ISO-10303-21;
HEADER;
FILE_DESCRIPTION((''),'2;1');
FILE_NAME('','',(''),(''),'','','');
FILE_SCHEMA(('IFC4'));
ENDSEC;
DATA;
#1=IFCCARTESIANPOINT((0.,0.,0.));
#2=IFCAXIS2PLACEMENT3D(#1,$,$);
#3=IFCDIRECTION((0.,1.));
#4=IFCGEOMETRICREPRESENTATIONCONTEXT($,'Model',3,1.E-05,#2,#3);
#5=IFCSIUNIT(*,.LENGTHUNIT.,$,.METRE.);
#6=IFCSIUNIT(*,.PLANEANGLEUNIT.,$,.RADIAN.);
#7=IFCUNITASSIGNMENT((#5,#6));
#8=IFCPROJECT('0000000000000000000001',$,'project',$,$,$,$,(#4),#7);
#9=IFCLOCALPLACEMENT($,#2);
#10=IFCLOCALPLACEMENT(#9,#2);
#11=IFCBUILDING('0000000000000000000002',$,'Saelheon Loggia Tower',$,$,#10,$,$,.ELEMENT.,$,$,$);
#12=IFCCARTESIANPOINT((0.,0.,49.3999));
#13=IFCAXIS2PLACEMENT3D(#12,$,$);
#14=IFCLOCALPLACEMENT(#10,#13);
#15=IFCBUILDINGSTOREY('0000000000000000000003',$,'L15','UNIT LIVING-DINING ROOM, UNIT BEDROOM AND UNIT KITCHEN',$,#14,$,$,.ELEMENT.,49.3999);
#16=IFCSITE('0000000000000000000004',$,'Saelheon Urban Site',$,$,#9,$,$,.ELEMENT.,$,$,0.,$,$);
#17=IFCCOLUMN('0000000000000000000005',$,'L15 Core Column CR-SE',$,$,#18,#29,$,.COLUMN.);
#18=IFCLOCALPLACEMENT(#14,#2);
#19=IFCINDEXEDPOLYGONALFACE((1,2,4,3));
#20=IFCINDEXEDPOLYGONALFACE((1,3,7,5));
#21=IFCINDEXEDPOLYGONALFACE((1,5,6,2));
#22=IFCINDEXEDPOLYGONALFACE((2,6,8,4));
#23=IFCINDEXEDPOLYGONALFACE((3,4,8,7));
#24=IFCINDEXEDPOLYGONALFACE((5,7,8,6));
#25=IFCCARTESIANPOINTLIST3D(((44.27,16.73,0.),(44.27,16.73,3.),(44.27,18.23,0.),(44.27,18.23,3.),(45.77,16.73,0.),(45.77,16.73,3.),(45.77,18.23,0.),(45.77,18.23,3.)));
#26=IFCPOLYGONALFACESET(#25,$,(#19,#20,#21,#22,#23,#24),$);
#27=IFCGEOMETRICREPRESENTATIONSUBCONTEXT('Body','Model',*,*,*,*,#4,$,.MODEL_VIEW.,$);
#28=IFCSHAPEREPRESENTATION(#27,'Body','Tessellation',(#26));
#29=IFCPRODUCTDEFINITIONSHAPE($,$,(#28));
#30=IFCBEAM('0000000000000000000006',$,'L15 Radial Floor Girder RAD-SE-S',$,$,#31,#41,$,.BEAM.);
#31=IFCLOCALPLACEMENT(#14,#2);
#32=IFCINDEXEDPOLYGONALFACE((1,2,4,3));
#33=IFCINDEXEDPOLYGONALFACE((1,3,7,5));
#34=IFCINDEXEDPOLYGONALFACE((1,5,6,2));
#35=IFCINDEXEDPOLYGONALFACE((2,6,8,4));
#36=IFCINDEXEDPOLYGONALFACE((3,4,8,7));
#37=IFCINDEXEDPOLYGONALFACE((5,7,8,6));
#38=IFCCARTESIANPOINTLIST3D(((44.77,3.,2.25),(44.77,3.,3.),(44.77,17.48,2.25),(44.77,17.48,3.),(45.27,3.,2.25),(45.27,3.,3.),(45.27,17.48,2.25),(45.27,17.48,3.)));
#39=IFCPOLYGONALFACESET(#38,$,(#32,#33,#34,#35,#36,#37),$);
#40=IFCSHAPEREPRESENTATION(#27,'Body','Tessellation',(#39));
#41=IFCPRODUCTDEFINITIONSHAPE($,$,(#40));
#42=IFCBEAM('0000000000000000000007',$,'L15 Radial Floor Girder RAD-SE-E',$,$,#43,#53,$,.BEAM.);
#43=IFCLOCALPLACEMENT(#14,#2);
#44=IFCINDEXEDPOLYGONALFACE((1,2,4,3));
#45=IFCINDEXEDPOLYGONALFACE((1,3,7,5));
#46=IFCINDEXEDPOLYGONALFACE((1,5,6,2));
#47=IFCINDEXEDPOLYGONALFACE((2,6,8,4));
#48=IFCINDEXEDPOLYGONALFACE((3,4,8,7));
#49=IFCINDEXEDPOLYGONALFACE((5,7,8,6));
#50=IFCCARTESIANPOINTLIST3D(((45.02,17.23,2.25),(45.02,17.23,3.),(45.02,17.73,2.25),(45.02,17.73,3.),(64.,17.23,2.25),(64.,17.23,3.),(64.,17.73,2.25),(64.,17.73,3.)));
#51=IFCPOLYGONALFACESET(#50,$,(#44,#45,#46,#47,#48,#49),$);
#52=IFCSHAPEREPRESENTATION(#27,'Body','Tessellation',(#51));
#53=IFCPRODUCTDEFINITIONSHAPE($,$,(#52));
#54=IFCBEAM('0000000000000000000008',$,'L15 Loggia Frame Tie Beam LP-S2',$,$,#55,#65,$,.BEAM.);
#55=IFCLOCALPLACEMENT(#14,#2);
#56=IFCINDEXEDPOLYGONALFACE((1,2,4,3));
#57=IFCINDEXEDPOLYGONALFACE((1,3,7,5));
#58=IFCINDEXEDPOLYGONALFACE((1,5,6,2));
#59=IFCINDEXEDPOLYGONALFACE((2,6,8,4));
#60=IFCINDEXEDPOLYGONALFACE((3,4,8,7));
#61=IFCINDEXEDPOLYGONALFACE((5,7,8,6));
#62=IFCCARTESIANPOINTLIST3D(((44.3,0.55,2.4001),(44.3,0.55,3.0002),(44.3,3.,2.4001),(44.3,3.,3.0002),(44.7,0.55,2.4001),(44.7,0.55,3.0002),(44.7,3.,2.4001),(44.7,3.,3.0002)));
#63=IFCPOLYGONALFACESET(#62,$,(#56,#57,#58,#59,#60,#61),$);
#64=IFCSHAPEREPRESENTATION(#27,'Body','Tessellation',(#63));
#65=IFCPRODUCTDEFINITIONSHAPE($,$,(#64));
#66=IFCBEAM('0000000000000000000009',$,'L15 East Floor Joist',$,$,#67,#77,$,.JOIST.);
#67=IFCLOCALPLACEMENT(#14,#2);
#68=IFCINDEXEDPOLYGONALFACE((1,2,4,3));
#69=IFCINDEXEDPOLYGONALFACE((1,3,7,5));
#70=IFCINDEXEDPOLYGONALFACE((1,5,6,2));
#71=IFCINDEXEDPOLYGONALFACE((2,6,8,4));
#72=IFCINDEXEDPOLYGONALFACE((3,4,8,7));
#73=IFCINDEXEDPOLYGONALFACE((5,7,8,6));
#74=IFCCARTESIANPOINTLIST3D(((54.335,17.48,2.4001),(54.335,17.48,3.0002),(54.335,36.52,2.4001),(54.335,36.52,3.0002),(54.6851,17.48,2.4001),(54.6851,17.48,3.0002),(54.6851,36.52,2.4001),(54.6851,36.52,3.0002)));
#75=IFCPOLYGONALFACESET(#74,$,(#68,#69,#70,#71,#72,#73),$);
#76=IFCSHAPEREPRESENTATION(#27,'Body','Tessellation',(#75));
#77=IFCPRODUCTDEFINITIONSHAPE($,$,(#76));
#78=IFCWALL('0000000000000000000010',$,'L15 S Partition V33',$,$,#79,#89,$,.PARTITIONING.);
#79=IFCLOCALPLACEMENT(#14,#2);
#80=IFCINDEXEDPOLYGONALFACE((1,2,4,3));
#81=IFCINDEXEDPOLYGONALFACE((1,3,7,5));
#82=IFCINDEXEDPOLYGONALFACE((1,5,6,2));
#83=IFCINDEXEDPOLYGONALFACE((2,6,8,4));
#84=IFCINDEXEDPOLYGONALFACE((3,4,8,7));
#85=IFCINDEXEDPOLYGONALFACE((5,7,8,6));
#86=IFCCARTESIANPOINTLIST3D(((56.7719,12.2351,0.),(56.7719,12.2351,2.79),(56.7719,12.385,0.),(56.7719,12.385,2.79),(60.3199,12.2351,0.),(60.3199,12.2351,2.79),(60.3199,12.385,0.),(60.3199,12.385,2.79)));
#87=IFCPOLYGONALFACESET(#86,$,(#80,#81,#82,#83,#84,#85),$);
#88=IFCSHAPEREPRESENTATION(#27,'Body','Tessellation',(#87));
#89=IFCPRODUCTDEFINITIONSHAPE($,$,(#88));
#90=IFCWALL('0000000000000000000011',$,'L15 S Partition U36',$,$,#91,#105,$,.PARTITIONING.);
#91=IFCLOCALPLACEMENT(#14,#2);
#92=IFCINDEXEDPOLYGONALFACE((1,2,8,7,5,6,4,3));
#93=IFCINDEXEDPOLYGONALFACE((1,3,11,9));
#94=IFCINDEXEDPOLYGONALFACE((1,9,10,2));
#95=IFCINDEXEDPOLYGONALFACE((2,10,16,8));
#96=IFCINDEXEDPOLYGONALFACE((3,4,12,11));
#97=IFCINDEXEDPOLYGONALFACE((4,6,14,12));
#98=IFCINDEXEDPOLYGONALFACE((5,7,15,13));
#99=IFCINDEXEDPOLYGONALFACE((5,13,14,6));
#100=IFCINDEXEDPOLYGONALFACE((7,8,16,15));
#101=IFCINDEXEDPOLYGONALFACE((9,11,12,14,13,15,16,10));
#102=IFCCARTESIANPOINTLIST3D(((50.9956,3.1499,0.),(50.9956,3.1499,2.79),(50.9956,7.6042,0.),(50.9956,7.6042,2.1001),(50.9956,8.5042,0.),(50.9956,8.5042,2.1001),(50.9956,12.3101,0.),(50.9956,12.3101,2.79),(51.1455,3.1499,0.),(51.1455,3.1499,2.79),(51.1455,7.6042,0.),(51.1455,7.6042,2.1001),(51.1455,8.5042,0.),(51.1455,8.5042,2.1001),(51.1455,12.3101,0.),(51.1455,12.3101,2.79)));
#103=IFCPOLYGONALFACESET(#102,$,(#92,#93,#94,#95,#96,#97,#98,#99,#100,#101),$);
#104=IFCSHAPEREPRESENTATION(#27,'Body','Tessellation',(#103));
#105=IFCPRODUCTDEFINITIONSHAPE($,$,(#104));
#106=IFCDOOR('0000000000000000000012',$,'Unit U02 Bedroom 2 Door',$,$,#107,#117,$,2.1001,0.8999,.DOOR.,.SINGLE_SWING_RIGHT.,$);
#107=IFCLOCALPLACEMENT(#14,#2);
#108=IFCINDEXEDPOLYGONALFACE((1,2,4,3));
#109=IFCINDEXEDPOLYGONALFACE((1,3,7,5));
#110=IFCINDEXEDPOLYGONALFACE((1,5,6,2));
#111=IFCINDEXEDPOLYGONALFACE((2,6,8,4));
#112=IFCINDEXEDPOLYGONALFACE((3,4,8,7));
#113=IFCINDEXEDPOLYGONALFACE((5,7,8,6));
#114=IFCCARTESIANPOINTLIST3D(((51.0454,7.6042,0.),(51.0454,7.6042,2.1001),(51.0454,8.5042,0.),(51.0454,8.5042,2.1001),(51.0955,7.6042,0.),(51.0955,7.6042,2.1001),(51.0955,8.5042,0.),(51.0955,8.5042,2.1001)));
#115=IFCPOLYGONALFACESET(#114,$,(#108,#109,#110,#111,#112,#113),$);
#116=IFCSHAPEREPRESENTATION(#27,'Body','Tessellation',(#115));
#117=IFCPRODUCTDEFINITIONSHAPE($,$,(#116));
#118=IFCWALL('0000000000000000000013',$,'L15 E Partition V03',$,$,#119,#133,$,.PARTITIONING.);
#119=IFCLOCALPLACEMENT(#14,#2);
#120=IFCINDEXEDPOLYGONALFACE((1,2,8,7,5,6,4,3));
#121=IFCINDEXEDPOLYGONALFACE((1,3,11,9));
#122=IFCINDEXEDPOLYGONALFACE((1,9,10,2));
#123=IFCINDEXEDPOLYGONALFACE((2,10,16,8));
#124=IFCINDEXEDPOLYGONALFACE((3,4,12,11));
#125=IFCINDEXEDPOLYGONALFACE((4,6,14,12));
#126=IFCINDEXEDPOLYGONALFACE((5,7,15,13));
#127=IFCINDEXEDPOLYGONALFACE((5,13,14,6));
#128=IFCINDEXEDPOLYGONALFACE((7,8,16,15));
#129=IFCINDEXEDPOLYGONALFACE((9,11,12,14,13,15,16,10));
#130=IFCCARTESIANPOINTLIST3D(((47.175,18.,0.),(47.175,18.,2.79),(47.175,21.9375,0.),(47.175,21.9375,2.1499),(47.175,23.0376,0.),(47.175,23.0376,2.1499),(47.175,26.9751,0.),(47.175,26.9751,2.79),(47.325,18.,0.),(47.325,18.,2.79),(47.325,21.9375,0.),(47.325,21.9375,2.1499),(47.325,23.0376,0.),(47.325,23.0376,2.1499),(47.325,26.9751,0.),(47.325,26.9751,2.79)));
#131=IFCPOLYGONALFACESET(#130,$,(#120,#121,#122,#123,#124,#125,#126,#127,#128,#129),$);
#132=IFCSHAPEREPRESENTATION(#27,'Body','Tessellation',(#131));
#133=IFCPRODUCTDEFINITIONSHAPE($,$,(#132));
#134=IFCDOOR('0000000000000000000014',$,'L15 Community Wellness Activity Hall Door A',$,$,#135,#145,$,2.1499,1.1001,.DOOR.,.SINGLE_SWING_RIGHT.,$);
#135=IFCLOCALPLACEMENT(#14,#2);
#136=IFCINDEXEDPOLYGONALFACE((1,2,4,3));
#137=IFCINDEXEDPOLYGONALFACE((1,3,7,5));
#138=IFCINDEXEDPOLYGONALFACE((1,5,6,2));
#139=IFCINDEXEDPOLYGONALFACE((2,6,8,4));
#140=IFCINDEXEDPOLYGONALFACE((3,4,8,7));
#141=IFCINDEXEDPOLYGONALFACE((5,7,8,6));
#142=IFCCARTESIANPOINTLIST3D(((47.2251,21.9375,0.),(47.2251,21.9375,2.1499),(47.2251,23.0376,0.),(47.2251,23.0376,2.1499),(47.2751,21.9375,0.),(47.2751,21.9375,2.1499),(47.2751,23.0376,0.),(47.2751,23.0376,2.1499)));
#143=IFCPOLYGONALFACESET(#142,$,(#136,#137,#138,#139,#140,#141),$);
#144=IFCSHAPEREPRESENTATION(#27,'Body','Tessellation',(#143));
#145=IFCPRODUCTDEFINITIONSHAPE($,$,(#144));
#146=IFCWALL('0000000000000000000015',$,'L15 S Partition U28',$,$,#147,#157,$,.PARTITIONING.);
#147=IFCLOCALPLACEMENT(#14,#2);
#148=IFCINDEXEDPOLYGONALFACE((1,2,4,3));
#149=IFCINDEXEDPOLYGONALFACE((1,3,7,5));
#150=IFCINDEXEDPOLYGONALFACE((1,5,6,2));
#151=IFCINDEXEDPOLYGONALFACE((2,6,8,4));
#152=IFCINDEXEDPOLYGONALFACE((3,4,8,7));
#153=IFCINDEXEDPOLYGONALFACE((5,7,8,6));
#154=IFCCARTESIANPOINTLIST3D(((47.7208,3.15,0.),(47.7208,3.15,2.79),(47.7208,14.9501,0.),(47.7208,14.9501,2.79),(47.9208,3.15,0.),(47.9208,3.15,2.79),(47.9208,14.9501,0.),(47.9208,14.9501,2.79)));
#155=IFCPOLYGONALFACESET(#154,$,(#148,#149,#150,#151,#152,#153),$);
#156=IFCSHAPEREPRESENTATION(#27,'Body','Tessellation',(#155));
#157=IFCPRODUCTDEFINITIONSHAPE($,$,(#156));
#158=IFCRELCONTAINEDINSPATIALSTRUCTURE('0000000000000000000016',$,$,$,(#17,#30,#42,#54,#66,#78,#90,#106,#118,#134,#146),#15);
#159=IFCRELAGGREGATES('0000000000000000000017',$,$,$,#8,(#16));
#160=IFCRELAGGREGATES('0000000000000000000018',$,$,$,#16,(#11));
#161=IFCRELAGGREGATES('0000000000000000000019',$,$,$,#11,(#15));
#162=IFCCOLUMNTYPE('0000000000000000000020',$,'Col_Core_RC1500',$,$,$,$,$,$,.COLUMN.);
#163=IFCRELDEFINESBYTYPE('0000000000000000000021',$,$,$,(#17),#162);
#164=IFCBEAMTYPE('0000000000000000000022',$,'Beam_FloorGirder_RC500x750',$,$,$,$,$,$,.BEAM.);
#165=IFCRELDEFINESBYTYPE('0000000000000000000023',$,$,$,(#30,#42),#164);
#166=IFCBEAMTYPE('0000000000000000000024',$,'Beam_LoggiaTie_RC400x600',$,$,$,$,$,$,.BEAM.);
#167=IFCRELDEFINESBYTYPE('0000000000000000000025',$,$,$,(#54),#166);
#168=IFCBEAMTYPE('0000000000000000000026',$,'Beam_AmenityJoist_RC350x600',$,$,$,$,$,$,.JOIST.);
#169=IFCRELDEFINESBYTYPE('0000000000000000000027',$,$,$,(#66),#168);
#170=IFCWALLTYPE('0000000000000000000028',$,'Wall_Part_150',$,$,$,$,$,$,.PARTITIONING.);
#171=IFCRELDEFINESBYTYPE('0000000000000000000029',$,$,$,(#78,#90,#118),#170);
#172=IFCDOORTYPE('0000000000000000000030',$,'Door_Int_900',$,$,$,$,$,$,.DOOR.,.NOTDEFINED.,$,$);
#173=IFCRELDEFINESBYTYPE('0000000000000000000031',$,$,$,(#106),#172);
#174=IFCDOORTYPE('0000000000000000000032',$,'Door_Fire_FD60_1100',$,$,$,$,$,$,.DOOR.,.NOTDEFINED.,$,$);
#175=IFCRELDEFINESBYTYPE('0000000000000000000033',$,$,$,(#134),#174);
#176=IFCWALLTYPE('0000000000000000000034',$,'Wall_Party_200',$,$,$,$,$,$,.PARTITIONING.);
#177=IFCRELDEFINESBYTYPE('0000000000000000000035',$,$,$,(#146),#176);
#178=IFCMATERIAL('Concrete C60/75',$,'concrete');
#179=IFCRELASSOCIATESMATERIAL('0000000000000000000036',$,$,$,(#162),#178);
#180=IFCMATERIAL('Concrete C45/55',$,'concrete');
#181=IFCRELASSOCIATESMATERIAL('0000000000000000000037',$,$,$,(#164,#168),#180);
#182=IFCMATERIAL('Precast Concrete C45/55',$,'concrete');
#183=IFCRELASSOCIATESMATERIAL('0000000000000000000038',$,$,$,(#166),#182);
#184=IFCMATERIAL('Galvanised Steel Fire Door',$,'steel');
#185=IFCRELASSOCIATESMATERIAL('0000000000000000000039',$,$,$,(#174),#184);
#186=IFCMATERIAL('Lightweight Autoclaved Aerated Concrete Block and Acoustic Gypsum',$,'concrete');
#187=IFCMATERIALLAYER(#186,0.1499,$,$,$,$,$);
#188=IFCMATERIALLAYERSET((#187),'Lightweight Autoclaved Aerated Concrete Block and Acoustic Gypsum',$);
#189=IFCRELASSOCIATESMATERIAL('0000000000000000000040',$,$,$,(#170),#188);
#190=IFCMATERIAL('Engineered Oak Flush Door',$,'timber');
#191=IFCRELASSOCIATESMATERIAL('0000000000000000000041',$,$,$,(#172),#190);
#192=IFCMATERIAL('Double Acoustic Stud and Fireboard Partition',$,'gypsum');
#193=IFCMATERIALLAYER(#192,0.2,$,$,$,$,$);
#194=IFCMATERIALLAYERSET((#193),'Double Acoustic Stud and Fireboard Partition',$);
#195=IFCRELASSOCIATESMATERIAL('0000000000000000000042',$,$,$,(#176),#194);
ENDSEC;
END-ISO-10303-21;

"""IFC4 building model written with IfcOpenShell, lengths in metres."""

from ifc_helpers import new_model, si_unit, direction, frame, frame_2d, origin, origin_2d, place, context, subcontext, project, spatial, rectangle, extrude, source, transform, mapped, material, layer, layer_set, material_profile, profile_set, type_object, element, fill, save


model = new_model("IFC4")

# Units and contexts
model_context = context("Model", 3, precision=1e-05, world=origin(), true_north=direction((0.0, 1.0)))
body_context = subcontext(model_context, "Body", "Model", "MODEL_VIEW")
ifc_project = project(units=[si_unit("LENGTHUNIT", "METRE"), si_unit("PLANEANGLEUNIT", "RADIAN")], contexts=[model_context])

# Site, building, storey
site_placement = place(None, origin())
site = spatial("IfcSite", under=ifc_project, at=site_placement, Name="Saelheon Urban Site", CompositionType="ELEMENT", RefElevation=0.0)
building_placement = place(site_placement, origin())
building = spatial("IfcBuilding", under=site, at=building_placement, Name="Saelheon Loggia Tower", CompositionType="ELEMENT")
storey_placement = place(building_placement, frame((0.0, 0.0, 49.3999)))
storey = spatial("IfcBuildingStorey", under=building, at=storey_placement, Name="L15", Description="UNIT LIVING-DINING ROOM, UNIT BEDROOM AND UNIT KITCHEN", CompositionType="ELEMENT", Elevation=49.3999)

# Column
ifc_material_1 = material(Name="Concrete C60/75", Category="concrete")
ifc_material_profile_1 = material_profile(ifc_material_1, rectangle(XDim=1.5, YDim=1.5, at=origin_2d()), Name="RC-1500x1500")
ifc_profile_set_1 = profile_set([ifc_material_profile_1], Name="Concrete C60/75")
column_type = type_object("IfcColumnType", Name="Col_Core_RC1500", PredefinedType="COLUMN", material=ifc_profile_set_1)
shared_shape_1 = source(origin(), body_context, "Body", "SweptSolid", [
    extrude(rectangle(XDim=1.5, YDim=1.5, at=origin_2d()), origin(), (0.0, 0.0, 1.0), 3.0),
])
column_placement = place(storey_placement, frame((45.02, 17.48, 0.0), z_axis=(0.0, 0.0, 1.0), x_axis=(1.0, 0.0, 0.0)))
element("IfcColumn", 1, at=column_placement, inside=storey, type_object=column_type, Name="L15 Core Column CR-SE", PredefinedType="COLUMN", context=body_context, shape_type="MappedRepresentation", body=[
    mapped(shared_shape_1, transform((0.0, 0.0, 0.0), scale=1.0)),
])

# Beams
ifc_material_2 = material(Name="Concrete C45/55", Category="concrete")
ifc_material_profile_2 = material_profile(ifc_material_2, rectangle(XDim=0.5, YDim=0.75, at=origin_2d()), Name="RC-500x750")
ifc_profile_set_2 = profile_set([ifc_material_profile_2], Name="Concrete C45/55")
beam_type_1 = type_object("IfcBeamType", Name="Beam_FloorGirder_RC500x750", PredefinedType="BEAM", material=ifc_profile_set_2)
shared_shape_2 = source(origin(), body_context, "Body", "SweptSolid", [
    extrude(rectangle(XDim=0.5, YDim=0.75, at=origin_2d()), origin(), (0.0, 0.0, 1.0), 14.48),
])
beam_1_placement = place(storey_placement, frame((45.02, 17.48, 2.625), z_axis=(0.0, -1.0, 0.0), x_axis=(1.0, 0.0, 0.0)))
element("IfcBeam", 2, at=beam_1_placement, inside=storey, type_object=beam_type_1, Name="L15 Radial Floor Girder RAD-SE-S", PredefinedType="BEAM", context=body_context, shape_type="MappedRepresentation", body=[
    mapped(shared_shape_2, transform((0.0, 0.0, 0.0), scale=1.0)),
])
shared_shape_3 = source(origin(), body_context, "Body", "SweptSolid", [
    extrude(rectangle(XDim=0.5, YDim=0.75, at=origin_2d()), origin(), (0.0, 0.0, 1.0), 18.98),
])
beam_2_placement = place(storey_placement, frame((45.02, 17.48, 2.625), z_axis=(1.0, 0.0, 0.0), x_axis=(0.0, 1.0, 0.0)))
element("IfcBeam", 3, at=beam_2_placement, inside=storey, type_object=beam_type_1, Name="L15 Radial Floor Girder RAD-SE-E", PredefinedType="BEAM", context=body_context, shape_type="MappedRepresentation", body=[
    mapped(shared_shape_3, transform((0.0, 0.0, 0.0), scale=1.0)),
])
ifc_material_3 = material(Name="Precast Concrete C45/55", Category="concrete")
ifc_material_profile_3 = material_profile(ifc_material_3, rectangle(XDim=0.3999, YDim=0.6001, at=origin_2d()), Name="RC-400x600")
ifc_profile_set_3 = profile_set([ifc_material_profile_3], Name="Precast Concrete C45/55")
beam_type_2 = type_object("IfcBeamType", Name="Beam_LoggiaTie_RC400x600", PredefinedType="BEAM", material=ifc_profile_set_3)
shared_shape_4 = source(origin(), body_context, "Body", "SweptSolid", [
    extrude(rectangle(XDim=0.3999, YDim=0.6001, at=origin_2d()), origin(), (0.0, 0.0, 1.0), 2.45),
])
beam_3_placement = place(storey_placement, frame((44.5, 3.0, 2.7002), z_axis=(0.0, -1.0, 0.0), x_axis=(1.0, 0.0, 0.0)))
element("IfcBeam", 4, at=beam_3_placement, inside=storey, type_object=beam_type_2, Name="L15 Loggia Frame Tie Beam LP-S2", PredefinedType="BEAM", context=body_context, shape_type="MappedRepresentation", body=[
    mapped(shared_shape_4, transform((0.0, 0.0, 0.0), scale=1.0)),
])
ifc_material_profile_4 = material_profile(ifc_material_2, rectangle(XDim=0.3501, YDim=0.6001, at=origin_2d()), Name="RC-350x600")
ifc_profile_set_4 = profile_set([ifc_material_profile_4], Name="Concrete C45/55")
beam_type_3 = type_object("IfcBeamType", Name="Beam_AmenityJoist_RC350x600", PredefinedType="JOIST", material=ifc_profile_set_4)
shared_shape_5 = source(origin(), body_context, "Body", "SweptSolid", [
    extrude(rectangle(XDim=0.3501, YDim=0.6001, at=origin_2d()), origin(), (0.0, 0.0, 1.0), 19.04),
])
beam_4_placement = place(storey_placement, frame((54.51, 17.48, 2.7002), z_axis=(0.0, 1.0, 0.0), x_axis=(-1.0, 0.0, 0.0)))
element("IfcBeam", 5, at=beam_4_placement, inside=storey, type_object=beam_type_3, Name="L15 East Floor Joist", PredefinedType="JOIST", context=body_context, shape_type="MappedRepresentation", body=[
    mapped(shared_shape_5, transform((0.0, 0.0, 0.0), scale=1.0)),
])

# Shared definitions
ifc_material_4 = material(Name="Galvanised Steel Fire Door", Category="steel")
door_type_1 = type_object("IfcDoorType", Name="Door_Fire_FD60_1100", OperationType="NOTDEFINED", PredefinedType="DOOR", material=ifc_material_4)
shared_shape_6 = source(origin(), body_context, "Body", "SweptSolid", [
    extrude(rectangle(XDim=1.1001, YDim=2.1499, at=frame_2d((0.55, 1.075))), frame((0.0, 0.0249, 0.0), z_axis=(0.0, -1.0, 0.0), x_axis=(1.0, 0.0, 0.0)), (0.0, 0.0, 1.0), 0.05),
])

# Wall
ifc_material_5 = material(Name="Lightweight Autoclaved Aerated Concrete Block and Acoustic Gypsum", Category="concrete")
ifc_layer_1 = layer(ifc_material_5, 0.1499)
ifc_layer_set_1 = layer_set([ifc_layer_1], Name="Lightweight Autoclaved Aerated Concrete Block and Acoustic Gypsum")
wall_type_1 = type_object("IfcWallType", Name="Wall_Part_150", PredefinedType="PARTITIONING", material=ifc_layer_set_1)
wall_1_placement = place(storey_placement, frame((56.772, 12.3101, 0.0), z_axis=(0.0, 0.0, 1.0), x_axis=(1.0, 0.0, 0.0)))
element("IfcWall", 6, at=wall_1_placement, inside=storey, type_object=wall_type_1, Name="L15 S Partition V33", PredefinedType="PARTITIONING", context=body_context, shape_type="SweptSolid", body=[
    extrude(rectangle(XDim=3.5481, YDim=0.1499, at=frame_2d((1.7739, 0.0))), origin(), (0.0, 0.0, 1.0), 2.79),
])

# Walls, openings, doors
wall_2_placement = place(storey_placement, frame((51.0706, 12.3101, 0.0), z_axis=(0.0, 0.0, 1.0), x_axis=(0.0, -1.0, 0.0)))
wall_2 = element("IfcWall", 7, at=wall_2_placement, inside=storey, type_object=wall_type_1, Name="L15 S Partition U36", PredefinedType="PARTITIONING", context=body_context, shape_type="SweptSolid", body=[
    extrude(rectangle(XDim=9.1602, YDim=0.1499, at=frame_2d((4.5801, 0.0))), origin(), (0.0, 0.0, 1.0), 2.79),
])
opening_1_placement = place(wall_2_placement, frame((3.8059, 0.0, 0.0)))
opening_1 = element("IfcOpeningElement", 8, at=opening_1_placement, cuts=wall_2, PredefinedType="OPENING", context=body_context, shape_type="SweptSolid", body=[
    extrude(rectangle(XDim=0.8999, YDim=2.1001, at=frame_2d((0.45, 1.05))), frame((0.0, 0.0869, 0.0), z_axis=(0.0, -1.0, 0.0), x_axis=(1.0, 0.0, 0.0)), (0.0, 0.0, 1.0), 0.1738),
])
ifc_material_6 = material(Name="Engineered Oak Flush Door", Category="timber")
door_type_2 = type_object("IfcDoorType", Name="Door_Int_900", OperationType="NOTDEFINED", PredefinedType="DOOR", material=ifc_material_6)
shared_shape_7 = source(origin(), body_context, "Body", "SweptSolid", [
    extrude(rectangle(XDim=0.8999, YDim=2.1001, at=frame_2d((0.45, 1.05))), frame((0.0, 0.0249, 0.0), z_axis=(0.0, -1.0, 0.0), x_axis=(1.0, 0.0, 0.0)), (0.0, 0.0, 1.0), 0.05),
])
door_1_placement = place(opening_1_placement, origin())
door_1 = element("IfcDoor", 9, at=door_1_placement, inside=storey, type_object=door_type_2, Name="Unit U02 Bedroom 2 Door", OperationType="SINGLE_SWING_RIGHT", OverallHeight=2.1001, OverallWidth=0.8999, PredefinedType="DOOR", context=body_context, shape_type="MappedRepresentation", body=[
    mapped(shared_shape_7, transform((0.0, 0.0, 0.0), scale=1.0)),
])
fill(opening_1, door_1)
wall_3_placement = place(storey_placement, frame((47.25, 18.0, 0.0), z_axis=(0.0, 0.0, 1.0), x_axis=(0.0, 1.0, 0.0)))
wall_3 = element("IfcWall", 10, at=wall_3_placement, inside=storey, type_object=wall_type_1, Name="L15 E Partition V03", PredefinedType="PARTITIONING", context=body_context, shape_type="SweptSolid", body=[
    extrude(rectangle(XDim=8.9751, YDim=0.1499, at=frame_2d((4.4875, 0.0))), origin(), (0.0, 0.0, 1.0), 2.79),
])
opening_2_placement = place(wall_3_placement, frame((3.9375, 0.0, 0.0)))
opening_2 = element("IfcOpeningElement", 11, at=opening_2_placement, cuts=wall_3, PredefinedType="OPENING", context=body_context, shape_type="SweptSolid", body=[
    extrude(rectangle(XDim=1.1001, YDim=2.1499, at=frame_2d((0.55, 1.075))), frame((0.0, 0.0869, 0.0), z_axis=(0.0, -1.0, 0.0), x_axis=(1.0, 0.0, 0.0)), (0.0, 0.0, 1.0), 0.1738),
])
door_2_placement = place(opening_2_placement, origin())
door_2 = element("IfcDoor", 12, at=door_2_placement, inside=storey, type_object=door_type_1, Name="L15 Community Wellness Activity Hall Door A", OperationType="SINGLE_SWING_RIGHT", OverallHeight=2.1499, OverallWidth=1.1001, PredefinedType="DOOR", context=body_context, shape_type="MappedRepresentation", body=[
    mapped(shared_shape_6, transform((0.0, 0.0, 0.0), scale=1.0)),
])
fill(opening_2, door_2)

# Wall
ifc_material_7 = material(Name="Double Acoustic Stud and Fireboard Partition", Category="gypsum")
ifc_layer_2 = layer(ifc_material_7, 0.2)
ifc_layer_set_2 = layer_set([ifc_layer_2], Name="Double Acoustic Stud and Fireboard Partition")
wall_type_2 = type_object("IfcWallType", Name="Wall_Party_200", PredefinedType="PARTITIONING", material=ifc_layer_set_2)
wall_4_placement = place(storey_placement, frame((47.8208, 14.95, 0.0), z_axis=(0.0, 0.0, 1.0), x_axis=(0.0, -1.0, 0.0)))
element("IfcWall", 13, at=wall_4_placement, inside=storey, type_object=wall_type_2, Name="L15 S Partition U28", PredefinedType="PARTITIONING", context=body_context, shape_type="SweptSolid", body=[
    extrude(rectangle(XDim=11.8, YDim=0.2, at=frame_2d((5.8999, 0.0))), origin(), (0.0, 0.0, 1.0), 2.79),
])

save(model, "model.ifc")
